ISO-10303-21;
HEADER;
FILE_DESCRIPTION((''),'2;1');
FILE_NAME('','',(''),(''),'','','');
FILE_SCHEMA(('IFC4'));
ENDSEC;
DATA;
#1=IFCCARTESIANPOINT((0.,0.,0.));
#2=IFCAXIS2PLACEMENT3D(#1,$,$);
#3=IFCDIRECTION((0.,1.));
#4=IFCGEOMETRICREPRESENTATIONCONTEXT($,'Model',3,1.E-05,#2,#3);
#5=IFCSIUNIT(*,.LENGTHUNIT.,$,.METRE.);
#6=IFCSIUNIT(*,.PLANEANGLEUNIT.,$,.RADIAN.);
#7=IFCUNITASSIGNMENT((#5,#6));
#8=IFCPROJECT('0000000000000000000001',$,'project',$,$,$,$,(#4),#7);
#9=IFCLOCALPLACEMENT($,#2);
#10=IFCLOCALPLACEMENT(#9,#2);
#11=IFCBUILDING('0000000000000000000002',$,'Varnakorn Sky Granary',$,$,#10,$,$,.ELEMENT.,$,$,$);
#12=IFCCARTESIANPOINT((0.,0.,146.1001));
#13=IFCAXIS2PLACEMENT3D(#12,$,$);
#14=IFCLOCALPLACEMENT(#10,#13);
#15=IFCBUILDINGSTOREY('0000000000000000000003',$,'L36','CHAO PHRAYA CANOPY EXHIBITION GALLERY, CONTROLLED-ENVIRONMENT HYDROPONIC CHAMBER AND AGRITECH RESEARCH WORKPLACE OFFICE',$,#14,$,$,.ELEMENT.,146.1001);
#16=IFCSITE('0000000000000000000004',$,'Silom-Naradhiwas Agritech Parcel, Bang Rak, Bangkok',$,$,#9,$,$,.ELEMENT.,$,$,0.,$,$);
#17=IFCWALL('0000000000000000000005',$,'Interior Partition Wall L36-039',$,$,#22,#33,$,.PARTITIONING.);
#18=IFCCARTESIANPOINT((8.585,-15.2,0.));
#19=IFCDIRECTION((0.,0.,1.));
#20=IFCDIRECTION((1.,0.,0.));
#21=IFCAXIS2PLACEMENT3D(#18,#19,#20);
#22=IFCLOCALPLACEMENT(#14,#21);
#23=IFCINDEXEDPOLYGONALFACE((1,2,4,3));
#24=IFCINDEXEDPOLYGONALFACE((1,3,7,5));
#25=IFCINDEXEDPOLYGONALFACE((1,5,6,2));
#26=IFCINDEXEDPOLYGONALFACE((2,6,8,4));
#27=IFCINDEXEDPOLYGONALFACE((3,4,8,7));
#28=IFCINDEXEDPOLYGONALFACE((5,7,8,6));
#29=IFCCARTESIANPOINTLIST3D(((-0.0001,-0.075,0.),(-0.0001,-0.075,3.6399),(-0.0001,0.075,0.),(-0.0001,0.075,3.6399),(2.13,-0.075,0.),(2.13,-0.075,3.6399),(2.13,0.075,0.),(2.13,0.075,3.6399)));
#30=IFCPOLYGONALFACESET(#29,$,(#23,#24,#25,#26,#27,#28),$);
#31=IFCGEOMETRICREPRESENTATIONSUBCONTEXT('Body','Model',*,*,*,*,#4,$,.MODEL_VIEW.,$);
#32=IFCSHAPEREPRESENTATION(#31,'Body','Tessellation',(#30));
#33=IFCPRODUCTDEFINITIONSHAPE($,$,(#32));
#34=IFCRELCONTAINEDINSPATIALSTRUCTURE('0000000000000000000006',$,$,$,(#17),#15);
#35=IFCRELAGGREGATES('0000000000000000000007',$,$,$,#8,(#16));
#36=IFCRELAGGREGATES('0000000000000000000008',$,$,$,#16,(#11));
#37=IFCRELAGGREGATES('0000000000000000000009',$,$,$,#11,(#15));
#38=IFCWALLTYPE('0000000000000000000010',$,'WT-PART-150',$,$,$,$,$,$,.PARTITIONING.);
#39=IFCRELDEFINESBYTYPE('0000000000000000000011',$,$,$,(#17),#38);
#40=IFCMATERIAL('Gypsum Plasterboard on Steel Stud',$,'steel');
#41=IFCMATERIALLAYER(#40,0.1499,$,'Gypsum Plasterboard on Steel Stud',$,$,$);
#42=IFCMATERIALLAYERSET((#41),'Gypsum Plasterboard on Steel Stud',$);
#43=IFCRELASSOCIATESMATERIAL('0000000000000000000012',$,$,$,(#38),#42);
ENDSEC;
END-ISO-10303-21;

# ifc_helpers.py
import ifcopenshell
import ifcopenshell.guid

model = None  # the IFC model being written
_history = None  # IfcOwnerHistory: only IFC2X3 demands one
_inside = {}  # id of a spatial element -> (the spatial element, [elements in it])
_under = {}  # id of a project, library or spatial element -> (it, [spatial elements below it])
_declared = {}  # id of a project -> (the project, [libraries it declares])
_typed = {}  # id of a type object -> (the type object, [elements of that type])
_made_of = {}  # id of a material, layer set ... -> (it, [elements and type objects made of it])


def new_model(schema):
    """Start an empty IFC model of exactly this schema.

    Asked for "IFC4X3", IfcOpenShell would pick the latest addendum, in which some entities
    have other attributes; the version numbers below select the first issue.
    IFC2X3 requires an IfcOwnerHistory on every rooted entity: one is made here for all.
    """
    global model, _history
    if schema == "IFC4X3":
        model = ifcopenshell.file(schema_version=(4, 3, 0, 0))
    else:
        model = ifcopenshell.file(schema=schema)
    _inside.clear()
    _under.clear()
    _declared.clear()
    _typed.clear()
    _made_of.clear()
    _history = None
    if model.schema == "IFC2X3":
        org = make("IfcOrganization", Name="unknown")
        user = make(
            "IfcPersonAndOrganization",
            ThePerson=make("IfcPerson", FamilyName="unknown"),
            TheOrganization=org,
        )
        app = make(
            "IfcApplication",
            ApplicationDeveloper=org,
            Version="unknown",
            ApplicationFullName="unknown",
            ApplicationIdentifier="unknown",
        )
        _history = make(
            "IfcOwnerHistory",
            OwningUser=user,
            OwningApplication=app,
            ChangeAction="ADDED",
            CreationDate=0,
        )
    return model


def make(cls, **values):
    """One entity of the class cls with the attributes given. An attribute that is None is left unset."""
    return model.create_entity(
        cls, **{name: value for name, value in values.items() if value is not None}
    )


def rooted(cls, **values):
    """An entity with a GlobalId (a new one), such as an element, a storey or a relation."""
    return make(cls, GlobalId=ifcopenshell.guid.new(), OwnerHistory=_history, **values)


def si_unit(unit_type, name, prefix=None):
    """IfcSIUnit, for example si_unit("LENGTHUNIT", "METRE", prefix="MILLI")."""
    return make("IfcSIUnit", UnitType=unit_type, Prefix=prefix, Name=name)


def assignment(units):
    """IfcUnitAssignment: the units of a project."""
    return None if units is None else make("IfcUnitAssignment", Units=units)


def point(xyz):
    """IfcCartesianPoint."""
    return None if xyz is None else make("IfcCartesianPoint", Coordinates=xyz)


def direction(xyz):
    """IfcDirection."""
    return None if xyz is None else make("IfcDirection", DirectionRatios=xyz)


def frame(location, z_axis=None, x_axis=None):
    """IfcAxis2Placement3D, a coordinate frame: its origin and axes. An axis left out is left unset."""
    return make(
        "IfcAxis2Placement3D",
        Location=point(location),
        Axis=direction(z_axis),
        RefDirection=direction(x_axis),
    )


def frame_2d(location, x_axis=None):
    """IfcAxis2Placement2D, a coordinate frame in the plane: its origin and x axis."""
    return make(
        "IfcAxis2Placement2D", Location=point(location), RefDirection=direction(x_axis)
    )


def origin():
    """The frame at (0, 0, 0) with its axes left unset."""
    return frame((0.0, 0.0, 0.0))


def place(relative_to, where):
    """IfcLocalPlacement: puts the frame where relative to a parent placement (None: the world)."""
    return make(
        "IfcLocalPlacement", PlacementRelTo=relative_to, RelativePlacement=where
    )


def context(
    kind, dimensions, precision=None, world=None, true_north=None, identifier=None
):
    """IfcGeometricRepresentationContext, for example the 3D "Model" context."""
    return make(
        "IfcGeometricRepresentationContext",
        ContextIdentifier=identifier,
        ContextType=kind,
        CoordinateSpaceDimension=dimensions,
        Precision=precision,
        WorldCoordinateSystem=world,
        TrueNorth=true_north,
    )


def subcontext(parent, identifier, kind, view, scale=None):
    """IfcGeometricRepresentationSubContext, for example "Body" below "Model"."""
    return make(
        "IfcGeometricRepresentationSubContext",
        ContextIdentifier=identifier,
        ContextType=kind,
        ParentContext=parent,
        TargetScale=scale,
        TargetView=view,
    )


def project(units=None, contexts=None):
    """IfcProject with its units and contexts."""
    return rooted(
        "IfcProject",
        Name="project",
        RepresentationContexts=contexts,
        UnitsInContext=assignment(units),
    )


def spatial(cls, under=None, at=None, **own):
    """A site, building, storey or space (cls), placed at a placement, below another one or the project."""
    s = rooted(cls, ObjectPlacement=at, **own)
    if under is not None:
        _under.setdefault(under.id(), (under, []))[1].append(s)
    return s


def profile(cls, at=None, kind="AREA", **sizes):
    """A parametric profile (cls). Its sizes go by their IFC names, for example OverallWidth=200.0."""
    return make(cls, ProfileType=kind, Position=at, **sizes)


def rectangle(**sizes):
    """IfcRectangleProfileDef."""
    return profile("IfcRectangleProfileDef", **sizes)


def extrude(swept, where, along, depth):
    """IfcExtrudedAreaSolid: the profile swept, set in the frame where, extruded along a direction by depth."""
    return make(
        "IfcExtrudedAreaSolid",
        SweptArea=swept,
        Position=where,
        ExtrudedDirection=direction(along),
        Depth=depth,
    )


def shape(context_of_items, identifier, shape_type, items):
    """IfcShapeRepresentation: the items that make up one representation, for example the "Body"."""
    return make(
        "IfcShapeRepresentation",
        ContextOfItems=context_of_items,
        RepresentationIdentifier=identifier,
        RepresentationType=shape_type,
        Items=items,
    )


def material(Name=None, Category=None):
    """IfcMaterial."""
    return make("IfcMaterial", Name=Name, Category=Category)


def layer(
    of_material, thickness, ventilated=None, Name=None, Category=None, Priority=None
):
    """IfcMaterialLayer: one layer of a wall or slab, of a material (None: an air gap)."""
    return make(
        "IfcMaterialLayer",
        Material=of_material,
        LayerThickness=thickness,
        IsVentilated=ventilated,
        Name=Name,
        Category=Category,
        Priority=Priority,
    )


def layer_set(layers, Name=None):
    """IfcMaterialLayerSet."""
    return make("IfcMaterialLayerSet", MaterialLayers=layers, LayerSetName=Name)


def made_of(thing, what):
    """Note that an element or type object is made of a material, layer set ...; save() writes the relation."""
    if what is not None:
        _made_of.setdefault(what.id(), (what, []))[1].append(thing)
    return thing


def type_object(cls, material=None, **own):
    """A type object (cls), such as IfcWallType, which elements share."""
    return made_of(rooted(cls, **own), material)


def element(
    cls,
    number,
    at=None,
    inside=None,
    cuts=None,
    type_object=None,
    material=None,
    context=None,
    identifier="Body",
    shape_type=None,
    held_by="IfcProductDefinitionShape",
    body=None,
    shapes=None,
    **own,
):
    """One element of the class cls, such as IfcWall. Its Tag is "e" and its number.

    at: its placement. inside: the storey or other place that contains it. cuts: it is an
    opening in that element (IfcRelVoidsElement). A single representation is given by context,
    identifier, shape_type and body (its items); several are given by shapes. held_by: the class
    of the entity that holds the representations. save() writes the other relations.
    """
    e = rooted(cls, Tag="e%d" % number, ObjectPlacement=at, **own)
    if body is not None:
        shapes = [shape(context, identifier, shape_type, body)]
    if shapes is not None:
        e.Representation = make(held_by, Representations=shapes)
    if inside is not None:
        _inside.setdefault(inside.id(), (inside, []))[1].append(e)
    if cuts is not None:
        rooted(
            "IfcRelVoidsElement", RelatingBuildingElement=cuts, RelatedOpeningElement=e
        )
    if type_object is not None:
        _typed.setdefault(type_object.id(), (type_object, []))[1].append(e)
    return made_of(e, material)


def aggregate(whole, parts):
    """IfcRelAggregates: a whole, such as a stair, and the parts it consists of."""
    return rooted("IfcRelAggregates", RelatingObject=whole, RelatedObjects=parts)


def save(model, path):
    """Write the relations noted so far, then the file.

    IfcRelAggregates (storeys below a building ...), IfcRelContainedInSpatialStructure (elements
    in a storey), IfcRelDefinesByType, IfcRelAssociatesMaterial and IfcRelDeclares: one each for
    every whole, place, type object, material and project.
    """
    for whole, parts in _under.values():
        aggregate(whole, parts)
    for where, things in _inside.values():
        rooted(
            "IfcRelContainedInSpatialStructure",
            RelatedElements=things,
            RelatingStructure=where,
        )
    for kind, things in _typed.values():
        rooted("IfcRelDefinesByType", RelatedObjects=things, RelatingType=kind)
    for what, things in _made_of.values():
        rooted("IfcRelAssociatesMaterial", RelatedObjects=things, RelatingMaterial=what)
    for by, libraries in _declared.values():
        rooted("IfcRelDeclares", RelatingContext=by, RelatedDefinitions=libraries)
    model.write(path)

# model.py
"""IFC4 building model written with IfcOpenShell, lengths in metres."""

from ifc_helpers import new_model, si_unit, direction, frame, frame_2d, origin, place, context, subcontext, project, spatial, rectangle, extrude, material, layer, layer_set, type_object, element, save


model = new_model("IFC4")

# Units and contexts
model_context = context("Model", 3, precision=1e-05, world=origin(), true_north=direction((0.0, 1.0)))
body_context = subcontext(model_context, "Body", "Model", "MODEL_VIEW")
ifc_project = project(units=[si_unit("LENGTHUNIT", "METRE"), si_unit("PLANEANGLEUNIT", "RADIAN")], contexts=[model_context])

# Site, building, storey
site_placement = place(None, origin())
site = spatial("IfcSite", under=ifc_project, at=site_placement, Name="Silom-Naradhiwas Agritech Parcel, Bang Rak, Bangkok", CompositionType="ELEMENT", RefElevation=0.0)
building_placement = place(site_placement, origin())
building = spatial("IfcBuilding", under=site, at=building_placement, Name="Varnakorn Sky Granary", CompositionType="ELEMENT")
storey_placement = place(building_placement, frame((0.0, 0.0, 146.1001)))
storey = spatial("IfcBuildingStorey", under=building, at=storey_placement, Name="L36", Description="CHAO PHRAYA CANOPY EXHIBITION GALLERY, CONTROLLED-ENVIRONMENT HYDROPONIC CHAMBER AND AGRITECH RESEARCH WORKPLACE OFFICE", CompositionType="ELEMENT", Elevation=146.1001)

# Wall
ifc_material_1 = material(Name="Gypsum Plasterboard on Steel Stud", Category="steel")
ifc_layer_1 = layer(ifc_material_1, 0.1499, Name="Gypsum Plasterboard on Steel Stud")
ifc_layer_set_1 = layer_set([ifc_layer_1], Name="Gypsum Plasterboard on Steel Stud")
wall_type = type_object("IfcWallType", Name="WT-PART-150", PredefinedType="PARTITIONING", material=ifc_layer_set_1)
wall_1_placement = place(storey_placement, frame((8.585, -15.2, 0.0), z_axis=(0.0, 0.0, 1.0), x_axis=(1.0, 0.0, 0.0)))
element("IfcWall", 1, at=wall_1_placement, inside=storey, type_object=wall_type, Name="Interior Partition Wall L36-039", PredefinedType="PARTITIONING", context=body_context, shape_type="SweptSolid", body=[
    extrude(rectangle(XDim=2.1301, YDim=0.1499, at=frame_2d((1.0649, 0.0))), origin(), (0.0, 0.0, 1.0), 3.6399),
])

save(model, "model.ifc")
